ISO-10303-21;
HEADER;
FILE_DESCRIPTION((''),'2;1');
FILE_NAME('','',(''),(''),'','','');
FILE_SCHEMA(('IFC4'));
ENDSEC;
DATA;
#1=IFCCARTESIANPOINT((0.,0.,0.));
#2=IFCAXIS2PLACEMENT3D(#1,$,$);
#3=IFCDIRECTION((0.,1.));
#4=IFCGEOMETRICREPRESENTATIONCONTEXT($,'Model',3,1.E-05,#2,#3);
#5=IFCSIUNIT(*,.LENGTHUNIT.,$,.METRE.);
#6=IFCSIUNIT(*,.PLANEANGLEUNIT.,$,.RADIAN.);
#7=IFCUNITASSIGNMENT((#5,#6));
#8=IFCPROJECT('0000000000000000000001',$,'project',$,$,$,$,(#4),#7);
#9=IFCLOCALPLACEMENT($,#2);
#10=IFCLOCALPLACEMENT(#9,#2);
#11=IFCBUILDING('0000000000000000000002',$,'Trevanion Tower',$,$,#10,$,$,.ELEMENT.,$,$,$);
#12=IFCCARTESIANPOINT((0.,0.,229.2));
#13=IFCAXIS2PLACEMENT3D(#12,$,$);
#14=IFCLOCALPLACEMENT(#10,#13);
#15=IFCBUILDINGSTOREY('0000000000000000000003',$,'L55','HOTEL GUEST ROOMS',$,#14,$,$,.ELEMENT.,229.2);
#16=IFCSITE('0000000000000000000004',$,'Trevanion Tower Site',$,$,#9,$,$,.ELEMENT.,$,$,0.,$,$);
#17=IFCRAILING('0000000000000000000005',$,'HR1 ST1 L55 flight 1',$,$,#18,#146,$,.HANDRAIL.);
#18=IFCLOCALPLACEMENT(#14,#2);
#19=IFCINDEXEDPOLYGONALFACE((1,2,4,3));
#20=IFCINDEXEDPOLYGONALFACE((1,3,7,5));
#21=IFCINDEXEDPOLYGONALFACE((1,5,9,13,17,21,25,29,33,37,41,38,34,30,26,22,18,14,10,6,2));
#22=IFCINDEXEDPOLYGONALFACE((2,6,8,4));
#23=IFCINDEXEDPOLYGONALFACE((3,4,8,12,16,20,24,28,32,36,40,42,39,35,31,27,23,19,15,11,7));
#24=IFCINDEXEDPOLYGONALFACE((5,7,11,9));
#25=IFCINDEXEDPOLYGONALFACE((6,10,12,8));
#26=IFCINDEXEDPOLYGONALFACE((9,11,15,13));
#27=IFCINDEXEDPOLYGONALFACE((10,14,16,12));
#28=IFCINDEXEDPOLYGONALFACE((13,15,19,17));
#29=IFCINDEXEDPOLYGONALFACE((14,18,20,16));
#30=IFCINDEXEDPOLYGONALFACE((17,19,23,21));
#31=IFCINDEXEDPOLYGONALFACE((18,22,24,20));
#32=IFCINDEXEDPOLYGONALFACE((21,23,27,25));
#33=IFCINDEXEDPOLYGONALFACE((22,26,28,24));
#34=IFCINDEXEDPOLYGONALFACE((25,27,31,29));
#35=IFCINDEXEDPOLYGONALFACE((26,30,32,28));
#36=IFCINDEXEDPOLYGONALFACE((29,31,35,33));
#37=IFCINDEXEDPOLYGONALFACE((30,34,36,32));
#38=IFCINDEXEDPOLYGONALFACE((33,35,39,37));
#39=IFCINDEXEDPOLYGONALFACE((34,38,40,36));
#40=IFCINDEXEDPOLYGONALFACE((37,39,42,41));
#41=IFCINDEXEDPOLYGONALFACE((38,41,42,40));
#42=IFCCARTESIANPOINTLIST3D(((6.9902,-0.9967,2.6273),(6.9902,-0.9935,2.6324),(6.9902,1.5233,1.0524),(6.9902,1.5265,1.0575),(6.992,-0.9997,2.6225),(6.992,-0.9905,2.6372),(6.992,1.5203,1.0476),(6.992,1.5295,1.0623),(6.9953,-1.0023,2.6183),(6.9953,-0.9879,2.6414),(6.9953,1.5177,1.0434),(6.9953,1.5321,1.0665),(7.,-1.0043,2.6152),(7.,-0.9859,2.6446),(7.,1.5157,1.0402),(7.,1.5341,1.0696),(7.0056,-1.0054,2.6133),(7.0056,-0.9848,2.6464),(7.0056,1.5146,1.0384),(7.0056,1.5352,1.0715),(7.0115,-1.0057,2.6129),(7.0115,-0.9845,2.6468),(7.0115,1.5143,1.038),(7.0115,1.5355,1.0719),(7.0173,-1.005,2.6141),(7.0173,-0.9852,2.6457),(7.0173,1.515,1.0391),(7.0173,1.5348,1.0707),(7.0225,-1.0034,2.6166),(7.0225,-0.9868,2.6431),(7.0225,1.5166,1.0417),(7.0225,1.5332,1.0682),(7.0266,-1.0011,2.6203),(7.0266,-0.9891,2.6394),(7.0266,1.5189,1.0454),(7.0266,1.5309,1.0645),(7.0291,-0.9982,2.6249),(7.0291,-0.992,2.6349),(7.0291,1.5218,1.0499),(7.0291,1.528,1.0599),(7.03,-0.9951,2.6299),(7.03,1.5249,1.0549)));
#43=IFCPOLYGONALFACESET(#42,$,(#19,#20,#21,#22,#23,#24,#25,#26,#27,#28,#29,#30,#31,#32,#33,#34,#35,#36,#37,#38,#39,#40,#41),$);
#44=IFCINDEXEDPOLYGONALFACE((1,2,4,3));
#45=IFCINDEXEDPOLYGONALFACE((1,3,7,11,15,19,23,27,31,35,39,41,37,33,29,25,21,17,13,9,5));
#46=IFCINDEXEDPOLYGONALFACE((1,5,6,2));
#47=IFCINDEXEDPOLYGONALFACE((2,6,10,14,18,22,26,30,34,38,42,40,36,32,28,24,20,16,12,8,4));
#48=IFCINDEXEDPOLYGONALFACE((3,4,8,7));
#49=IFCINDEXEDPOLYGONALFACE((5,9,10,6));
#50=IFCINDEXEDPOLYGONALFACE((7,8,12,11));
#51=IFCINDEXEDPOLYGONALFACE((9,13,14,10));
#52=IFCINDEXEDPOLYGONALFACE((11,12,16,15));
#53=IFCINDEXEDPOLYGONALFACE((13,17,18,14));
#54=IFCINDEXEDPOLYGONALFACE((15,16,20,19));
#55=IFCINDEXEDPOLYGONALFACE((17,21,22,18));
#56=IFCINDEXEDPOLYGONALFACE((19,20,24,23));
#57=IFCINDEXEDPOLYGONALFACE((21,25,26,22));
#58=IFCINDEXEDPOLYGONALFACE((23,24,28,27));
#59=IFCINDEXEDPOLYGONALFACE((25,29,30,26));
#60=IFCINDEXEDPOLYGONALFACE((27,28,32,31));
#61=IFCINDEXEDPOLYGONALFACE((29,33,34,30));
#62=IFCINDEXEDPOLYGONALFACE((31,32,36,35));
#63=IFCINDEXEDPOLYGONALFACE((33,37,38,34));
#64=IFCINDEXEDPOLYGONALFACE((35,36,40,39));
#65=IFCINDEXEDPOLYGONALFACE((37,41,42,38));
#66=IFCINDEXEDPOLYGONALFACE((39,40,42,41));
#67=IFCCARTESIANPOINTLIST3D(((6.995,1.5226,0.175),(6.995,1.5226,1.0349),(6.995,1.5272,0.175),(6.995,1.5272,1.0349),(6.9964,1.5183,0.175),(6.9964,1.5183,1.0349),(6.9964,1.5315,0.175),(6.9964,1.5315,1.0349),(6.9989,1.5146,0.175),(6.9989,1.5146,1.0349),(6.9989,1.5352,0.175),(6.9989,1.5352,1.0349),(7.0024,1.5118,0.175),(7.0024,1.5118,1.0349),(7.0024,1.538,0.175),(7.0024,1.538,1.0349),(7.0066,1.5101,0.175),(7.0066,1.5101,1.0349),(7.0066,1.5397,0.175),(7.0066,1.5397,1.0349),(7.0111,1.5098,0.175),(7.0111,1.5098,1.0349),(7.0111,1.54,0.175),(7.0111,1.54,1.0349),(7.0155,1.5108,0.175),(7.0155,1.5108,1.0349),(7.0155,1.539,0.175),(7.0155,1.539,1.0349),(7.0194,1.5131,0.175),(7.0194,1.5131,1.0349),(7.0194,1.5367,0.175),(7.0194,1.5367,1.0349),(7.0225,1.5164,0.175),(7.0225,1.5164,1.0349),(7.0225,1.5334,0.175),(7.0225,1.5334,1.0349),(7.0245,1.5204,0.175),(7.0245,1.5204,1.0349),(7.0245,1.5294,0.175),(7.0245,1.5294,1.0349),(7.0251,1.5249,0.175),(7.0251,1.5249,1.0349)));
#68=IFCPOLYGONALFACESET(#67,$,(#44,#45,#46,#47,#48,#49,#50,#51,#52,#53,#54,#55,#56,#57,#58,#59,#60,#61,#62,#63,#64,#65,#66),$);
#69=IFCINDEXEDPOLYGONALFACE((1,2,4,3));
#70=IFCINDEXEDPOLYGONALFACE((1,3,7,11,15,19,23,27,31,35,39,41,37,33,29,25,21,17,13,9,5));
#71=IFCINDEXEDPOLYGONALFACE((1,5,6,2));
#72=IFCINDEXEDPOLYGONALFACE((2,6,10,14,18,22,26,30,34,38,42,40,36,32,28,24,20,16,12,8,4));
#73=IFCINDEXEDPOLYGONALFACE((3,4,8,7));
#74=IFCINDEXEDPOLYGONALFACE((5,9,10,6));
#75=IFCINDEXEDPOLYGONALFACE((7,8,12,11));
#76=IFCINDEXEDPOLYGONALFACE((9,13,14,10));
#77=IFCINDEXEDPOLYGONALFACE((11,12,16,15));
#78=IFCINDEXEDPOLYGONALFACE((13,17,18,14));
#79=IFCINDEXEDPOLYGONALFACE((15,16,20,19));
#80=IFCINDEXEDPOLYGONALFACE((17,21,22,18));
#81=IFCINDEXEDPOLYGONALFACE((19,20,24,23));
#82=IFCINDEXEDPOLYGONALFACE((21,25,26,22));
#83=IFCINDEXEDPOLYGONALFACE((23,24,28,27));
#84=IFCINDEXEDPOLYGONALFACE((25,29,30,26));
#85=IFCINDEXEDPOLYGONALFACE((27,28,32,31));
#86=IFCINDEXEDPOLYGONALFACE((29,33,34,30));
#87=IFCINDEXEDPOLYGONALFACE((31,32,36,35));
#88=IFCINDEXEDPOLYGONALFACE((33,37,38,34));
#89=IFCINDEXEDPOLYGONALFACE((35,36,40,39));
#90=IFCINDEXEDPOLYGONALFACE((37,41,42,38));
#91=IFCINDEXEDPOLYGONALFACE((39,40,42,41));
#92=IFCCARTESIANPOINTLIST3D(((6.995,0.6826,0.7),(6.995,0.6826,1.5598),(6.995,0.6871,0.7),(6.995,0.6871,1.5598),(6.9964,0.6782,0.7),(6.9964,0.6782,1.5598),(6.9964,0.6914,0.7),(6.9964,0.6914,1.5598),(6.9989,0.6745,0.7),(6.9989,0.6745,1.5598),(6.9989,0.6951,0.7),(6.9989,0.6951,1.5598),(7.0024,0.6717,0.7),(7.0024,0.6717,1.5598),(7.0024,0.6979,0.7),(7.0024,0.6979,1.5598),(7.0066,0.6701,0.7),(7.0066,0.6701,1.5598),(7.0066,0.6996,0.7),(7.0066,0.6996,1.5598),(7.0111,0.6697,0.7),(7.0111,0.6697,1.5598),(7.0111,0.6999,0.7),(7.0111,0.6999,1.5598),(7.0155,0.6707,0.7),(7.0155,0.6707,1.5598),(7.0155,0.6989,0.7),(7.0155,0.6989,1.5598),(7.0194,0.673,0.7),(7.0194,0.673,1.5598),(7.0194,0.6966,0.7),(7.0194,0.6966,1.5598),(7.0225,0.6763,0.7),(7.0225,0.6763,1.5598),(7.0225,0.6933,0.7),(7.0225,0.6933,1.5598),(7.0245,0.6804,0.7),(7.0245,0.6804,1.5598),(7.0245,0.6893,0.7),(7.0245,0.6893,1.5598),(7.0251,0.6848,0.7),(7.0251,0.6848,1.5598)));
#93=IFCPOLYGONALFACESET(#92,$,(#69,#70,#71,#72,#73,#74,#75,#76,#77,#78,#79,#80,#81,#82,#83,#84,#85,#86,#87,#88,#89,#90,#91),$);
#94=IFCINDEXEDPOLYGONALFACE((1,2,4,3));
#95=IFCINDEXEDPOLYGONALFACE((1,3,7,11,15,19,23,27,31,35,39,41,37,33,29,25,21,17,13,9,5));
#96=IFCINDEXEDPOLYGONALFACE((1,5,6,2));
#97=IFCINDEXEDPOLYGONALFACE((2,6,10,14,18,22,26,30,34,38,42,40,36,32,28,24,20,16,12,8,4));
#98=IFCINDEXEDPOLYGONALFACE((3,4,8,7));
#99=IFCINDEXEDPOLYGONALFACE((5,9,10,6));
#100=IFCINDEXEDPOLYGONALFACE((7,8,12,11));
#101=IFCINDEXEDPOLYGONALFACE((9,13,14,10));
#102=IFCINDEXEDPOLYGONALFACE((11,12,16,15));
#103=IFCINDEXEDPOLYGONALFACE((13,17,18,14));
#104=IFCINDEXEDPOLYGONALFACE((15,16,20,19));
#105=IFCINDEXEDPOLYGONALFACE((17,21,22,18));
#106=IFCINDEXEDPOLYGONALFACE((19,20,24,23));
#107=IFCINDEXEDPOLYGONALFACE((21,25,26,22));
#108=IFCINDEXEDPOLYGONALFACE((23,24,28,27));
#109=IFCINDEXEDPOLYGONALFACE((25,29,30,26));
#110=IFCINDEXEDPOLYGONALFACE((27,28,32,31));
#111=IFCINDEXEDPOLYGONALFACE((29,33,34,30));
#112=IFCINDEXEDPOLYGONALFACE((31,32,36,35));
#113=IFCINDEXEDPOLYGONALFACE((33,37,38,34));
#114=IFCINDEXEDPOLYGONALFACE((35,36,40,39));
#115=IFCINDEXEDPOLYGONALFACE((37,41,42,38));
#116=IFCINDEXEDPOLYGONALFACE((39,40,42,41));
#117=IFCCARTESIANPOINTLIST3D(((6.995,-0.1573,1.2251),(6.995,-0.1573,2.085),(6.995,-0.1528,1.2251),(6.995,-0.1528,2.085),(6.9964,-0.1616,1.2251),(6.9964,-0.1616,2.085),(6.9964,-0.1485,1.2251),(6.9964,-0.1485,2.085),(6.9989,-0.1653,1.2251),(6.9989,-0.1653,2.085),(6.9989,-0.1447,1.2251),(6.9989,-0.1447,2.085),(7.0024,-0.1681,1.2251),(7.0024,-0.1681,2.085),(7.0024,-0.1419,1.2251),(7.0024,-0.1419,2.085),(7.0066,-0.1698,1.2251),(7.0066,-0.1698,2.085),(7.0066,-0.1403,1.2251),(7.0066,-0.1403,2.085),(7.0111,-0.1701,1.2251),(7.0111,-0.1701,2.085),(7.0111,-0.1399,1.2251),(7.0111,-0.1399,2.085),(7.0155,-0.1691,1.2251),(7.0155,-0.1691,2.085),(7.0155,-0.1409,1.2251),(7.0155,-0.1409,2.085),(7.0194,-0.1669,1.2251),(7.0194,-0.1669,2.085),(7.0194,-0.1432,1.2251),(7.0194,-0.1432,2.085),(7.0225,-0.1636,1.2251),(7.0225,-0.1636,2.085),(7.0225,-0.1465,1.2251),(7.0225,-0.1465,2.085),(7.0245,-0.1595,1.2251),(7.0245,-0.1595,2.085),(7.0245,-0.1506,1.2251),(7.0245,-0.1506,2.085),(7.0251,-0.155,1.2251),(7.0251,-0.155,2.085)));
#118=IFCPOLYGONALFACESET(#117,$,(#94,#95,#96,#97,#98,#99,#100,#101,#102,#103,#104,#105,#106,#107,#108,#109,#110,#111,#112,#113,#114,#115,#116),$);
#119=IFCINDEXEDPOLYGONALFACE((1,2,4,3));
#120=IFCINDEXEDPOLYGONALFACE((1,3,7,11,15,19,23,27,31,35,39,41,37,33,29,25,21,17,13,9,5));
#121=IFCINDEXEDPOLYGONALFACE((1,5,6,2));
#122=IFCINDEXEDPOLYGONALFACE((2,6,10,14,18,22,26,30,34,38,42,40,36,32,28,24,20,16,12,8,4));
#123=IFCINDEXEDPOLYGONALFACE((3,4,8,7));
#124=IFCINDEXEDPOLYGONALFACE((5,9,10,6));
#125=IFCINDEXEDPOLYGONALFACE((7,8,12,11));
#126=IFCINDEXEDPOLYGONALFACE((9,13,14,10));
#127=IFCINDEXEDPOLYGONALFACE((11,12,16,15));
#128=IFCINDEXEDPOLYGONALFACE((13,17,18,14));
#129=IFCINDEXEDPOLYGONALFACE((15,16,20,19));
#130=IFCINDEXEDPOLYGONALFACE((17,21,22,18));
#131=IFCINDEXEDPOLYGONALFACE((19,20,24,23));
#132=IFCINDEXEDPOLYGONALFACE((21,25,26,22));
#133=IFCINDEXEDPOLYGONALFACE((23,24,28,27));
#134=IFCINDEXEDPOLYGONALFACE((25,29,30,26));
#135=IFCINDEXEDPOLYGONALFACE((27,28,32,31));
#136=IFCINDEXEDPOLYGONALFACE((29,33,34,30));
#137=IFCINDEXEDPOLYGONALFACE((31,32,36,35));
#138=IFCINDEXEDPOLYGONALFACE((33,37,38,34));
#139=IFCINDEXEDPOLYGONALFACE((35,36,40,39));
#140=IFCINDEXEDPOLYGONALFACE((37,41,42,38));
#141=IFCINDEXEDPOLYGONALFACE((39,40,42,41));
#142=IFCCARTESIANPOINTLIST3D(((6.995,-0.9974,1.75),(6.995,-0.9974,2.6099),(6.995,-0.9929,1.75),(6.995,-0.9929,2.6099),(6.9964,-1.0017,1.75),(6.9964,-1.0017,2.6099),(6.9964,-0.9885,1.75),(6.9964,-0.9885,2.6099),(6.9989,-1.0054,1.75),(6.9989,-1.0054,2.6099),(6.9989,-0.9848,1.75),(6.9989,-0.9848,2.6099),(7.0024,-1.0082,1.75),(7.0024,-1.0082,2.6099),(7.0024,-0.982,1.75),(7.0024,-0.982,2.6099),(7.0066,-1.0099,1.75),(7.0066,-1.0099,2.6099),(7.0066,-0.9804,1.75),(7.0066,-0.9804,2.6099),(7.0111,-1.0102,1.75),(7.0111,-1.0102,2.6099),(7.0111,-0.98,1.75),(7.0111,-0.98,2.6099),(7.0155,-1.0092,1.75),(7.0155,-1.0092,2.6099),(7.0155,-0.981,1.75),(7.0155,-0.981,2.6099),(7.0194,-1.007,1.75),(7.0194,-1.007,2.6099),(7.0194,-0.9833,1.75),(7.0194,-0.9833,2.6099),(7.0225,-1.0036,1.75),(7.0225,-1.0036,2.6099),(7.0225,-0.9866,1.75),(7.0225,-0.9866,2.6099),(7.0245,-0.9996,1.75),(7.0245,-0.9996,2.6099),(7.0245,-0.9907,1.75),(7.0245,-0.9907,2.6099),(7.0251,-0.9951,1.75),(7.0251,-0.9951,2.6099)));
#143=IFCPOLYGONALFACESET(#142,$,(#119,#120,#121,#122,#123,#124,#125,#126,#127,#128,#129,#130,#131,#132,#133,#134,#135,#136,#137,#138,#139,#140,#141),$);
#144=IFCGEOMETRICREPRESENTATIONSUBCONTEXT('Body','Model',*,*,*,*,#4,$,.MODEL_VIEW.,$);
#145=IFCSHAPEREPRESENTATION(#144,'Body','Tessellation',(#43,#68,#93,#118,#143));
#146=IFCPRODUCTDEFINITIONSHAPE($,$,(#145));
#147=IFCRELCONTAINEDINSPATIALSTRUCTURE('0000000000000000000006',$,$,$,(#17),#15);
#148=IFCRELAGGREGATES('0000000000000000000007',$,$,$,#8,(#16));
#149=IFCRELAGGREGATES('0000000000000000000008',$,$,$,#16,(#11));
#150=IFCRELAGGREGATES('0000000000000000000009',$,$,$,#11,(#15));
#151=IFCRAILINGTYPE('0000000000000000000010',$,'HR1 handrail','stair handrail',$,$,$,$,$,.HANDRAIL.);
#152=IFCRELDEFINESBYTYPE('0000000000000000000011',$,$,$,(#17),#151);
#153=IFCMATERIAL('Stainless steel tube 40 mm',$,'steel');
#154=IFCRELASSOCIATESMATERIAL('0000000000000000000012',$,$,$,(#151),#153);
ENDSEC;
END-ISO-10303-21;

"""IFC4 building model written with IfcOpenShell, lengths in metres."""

from ifc_helpers import new_model, si_unit, direction, frame, origin, origin_2d, place, context, subcontext, project, spatial, circle, extrude, material, type_object, element, save


model = new_model("IFC4")

# Units and contexts
model_context = context("Model", 3, precision=1e-05, world=origin(), true_north=direction((0.0, 1.0)))
body_context = subcontext(model_context, "Body", "Model", "MODEL_VIEW")
ifc_project = project(units=[si_unit("LENGTHUNIT", "METRE"), si_unit("PLANEANGLEUNIT", "RADIAN")], contexts=[model_context])

# Site, building, storey
site_placement = place(None, origin())
site = spatial("IfcSite", under=ifc_project, at=site_placement, Name="Trevanion Tower Site", CompositionType="ELEMENT", RefElevation=0.0)
building_placement = place(site_placement, origin())
building = spatial("IfcBuilding", under=site, at=building_placement, Name="Trevanion Tower", CompositionType="ELEMENT")
storey_placement = place(building_placement, frame((0.0, 0.0, 229.2)))
storey = spatial("IfcBuildingStorey", under=building, at=storey_placement, Name="L55", Description="HOTEL GUEST ROOMS", CompositionType="ELEMENT", Elevation=229.2)

# Railing
ifc_material_1 = material(Name="Stainless steel tube 40 mm", Category="steel")
railing_type = type_object("IfcRailingType", Name="HR1 handrail", Description="stair handrail", PredefinedType="HANDRAIL", material=ifc_material_1)
for number, where, name in (
    (1, (7.01, 1.5249, 0.175), "HR1 ST1 L55 flight 1"),
):
    element("IfcRailing", number, at=place(storey_placement, frame(where)), inside=storey, type_object=railing_type, Name=name, PredefinedType="HANDRAIL", context=body_context, shape_type="SweptSolid", body=[
        extrude(circle(Radius=0.02, at=origin_2d()), frame((0.0, 0.0, 0.8799), z_axis=(0.0, -0.848008, 0.529984), x_axis=(1.0, 0.0, 0.0)), (0.0, 0.0, 1.0), 2.9717),
        extrude(circle(Radius=0.0151, at=origin_2d()), origin(), (0.0, 0.0, 1.0), 0.8599),
        extrude(circle(Radius=0.0151, at=origin_2d()), frame((0.0, -0.8401, 0.5249)), (0.0, 0.0, 1.0), 0.8599),
        extrude(circle(Radius=0.0151, at=origin_2d()), frame((0.0, -1.6799, 1.05)), (0.0, 0.0, 1.0), 0.8599),
        extrude(circle(Radius=0.0151, at=origin_2d()), frame((0.0, -2.52, 1.575)), (0.0, 0.0, 1.0), 0.8599),
    ])

save(model, "model.ifc")
